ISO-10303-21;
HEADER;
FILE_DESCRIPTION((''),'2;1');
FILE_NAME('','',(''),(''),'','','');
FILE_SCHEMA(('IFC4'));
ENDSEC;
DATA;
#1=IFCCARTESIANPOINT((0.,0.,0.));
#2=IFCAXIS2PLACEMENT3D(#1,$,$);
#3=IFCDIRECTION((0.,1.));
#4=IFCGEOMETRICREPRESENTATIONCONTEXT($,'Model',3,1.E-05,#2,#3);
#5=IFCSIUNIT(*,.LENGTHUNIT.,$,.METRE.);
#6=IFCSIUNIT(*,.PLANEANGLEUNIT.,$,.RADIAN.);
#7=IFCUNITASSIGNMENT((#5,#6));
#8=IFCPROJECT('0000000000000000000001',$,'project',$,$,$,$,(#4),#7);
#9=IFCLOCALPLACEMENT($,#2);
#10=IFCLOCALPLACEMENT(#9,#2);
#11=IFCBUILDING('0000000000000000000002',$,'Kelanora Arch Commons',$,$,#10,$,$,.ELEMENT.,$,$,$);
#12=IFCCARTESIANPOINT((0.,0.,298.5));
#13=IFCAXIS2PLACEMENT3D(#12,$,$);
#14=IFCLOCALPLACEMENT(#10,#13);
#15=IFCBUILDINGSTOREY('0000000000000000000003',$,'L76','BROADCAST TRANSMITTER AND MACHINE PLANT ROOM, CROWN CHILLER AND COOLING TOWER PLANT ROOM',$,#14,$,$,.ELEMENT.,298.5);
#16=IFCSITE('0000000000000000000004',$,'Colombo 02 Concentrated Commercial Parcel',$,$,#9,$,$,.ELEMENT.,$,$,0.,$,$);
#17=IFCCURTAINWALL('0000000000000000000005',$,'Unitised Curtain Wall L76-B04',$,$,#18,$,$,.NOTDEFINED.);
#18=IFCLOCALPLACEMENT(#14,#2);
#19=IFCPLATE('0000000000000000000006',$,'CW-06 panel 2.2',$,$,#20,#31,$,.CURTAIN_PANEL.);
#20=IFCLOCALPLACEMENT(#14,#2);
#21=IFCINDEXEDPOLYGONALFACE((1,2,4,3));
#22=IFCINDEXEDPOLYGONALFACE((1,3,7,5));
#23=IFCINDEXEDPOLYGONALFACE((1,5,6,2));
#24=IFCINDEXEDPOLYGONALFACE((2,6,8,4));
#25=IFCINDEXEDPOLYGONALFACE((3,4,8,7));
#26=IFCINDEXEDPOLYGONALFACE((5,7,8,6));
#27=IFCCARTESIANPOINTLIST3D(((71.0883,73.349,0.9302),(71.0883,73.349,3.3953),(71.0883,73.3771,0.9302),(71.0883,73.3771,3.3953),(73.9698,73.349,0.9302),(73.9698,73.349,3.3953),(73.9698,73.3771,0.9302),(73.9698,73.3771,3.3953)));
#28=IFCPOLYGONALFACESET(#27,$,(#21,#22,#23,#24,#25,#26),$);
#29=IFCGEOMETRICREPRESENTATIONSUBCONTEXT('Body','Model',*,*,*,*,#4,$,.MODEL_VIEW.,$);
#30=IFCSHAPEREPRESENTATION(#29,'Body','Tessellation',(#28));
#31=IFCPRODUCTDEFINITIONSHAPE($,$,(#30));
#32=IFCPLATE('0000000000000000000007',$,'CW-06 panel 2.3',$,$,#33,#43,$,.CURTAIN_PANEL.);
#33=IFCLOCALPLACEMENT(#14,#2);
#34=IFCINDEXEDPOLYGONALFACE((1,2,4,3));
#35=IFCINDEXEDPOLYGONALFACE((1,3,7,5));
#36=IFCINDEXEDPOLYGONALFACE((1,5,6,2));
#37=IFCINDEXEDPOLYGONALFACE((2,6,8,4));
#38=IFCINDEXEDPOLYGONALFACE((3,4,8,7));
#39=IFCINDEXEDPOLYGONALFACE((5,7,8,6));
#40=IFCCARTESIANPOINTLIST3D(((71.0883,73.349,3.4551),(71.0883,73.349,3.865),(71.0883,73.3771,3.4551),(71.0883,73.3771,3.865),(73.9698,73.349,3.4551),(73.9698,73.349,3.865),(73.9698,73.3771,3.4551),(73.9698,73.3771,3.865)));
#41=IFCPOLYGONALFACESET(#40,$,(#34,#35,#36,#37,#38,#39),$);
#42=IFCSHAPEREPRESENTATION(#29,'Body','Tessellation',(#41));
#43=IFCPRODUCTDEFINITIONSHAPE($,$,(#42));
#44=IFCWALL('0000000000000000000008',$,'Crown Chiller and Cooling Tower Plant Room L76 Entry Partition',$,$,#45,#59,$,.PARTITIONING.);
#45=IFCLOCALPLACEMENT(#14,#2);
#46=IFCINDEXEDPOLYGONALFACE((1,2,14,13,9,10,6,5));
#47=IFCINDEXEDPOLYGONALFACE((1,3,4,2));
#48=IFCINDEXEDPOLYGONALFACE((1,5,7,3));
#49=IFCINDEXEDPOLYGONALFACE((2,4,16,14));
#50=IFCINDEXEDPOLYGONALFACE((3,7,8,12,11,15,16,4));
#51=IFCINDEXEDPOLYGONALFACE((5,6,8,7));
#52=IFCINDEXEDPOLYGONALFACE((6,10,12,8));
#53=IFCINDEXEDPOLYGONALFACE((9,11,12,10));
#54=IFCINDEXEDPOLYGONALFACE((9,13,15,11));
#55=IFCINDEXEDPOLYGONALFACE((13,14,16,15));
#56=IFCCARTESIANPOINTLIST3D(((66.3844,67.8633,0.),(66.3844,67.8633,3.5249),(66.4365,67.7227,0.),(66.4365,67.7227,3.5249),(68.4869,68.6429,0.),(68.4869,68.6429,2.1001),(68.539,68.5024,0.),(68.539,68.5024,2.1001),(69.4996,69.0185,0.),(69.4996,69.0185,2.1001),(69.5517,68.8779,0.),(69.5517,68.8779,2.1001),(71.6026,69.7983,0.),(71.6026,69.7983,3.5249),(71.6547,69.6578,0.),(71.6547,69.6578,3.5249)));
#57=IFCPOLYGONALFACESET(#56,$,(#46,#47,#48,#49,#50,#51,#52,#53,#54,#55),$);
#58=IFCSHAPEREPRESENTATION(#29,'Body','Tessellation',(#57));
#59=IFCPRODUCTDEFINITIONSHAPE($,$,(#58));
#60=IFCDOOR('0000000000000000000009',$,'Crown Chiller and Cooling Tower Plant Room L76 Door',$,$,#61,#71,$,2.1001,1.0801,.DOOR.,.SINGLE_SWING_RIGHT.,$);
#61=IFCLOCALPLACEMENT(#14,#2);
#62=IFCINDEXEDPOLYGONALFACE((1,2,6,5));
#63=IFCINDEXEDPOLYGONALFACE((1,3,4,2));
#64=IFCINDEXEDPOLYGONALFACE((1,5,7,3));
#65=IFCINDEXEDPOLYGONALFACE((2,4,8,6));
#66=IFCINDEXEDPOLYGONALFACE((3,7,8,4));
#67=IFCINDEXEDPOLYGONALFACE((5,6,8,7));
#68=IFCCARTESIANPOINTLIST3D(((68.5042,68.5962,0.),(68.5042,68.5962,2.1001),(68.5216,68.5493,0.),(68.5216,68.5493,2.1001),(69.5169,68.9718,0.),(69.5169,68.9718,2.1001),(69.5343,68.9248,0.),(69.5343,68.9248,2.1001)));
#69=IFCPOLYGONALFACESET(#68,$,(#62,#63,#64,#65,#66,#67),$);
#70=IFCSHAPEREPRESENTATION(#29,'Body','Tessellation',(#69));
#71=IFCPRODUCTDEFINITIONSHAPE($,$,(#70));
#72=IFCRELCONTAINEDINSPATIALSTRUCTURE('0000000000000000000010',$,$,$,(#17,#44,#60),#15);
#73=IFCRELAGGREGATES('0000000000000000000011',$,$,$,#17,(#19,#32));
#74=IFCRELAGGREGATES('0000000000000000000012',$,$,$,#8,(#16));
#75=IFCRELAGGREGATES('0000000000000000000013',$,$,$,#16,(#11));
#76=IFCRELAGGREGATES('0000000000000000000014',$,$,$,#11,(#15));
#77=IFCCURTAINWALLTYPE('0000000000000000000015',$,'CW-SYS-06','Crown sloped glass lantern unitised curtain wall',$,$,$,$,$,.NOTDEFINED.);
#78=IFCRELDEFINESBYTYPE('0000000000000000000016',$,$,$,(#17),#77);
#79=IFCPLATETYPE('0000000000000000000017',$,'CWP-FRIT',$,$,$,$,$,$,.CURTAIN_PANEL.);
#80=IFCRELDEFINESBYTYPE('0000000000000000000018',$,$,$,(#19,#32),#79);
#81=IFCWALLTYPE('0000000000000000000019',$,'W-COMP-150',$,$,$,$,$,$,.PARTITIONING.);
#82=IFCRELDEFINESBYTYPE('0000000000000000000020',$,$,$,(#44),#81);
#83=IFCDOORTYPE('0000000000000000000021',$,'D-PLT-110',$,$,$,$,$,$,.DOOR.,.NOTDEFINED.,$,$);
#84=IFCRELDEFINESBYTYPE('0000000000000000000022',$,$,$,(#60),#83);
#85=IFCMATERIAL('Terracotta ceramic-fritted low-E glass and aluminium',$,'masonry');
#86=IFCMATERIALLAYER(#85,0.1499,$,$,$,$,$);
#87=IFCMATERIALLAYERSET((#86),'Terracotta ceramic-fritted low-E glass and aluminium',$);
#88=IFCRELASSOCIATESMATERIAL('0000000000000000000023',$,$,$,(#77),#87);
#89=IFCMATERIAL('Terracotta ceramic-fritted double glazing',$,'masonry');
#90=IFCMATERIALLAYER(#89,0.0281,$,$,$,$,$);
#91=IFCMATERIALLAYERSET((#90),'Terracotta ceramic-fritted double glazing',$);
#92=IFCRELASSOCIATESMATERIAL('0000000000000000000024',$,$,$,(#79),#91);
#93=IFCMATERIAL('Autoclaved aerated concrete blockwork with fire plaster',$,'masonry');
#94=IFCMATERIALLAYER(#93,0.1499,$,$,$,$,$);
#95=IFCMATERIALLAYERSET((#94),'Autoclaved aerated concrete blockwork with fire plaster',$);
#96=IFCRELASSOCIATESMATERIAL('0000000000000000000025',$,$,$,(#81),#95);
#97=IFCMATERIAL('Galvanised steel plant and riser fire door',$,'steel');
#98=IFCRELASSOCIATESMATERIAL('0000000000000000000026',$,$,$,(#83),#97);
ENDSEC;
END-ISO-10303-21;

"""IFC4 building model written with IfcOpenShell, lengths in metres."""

from ifc_helpers import new_model, si_unit, direction, frame, frame_2d, origin, origin_2d, place, context, subcontext, project, spatial, rectangle, extrude, source, transform, mapped, material, layer, layer_set, type_object, element, fill, aggregate, save


model = new_model("IFC4")

# Units and contexts
model_context = context("Model", 3, precision=1e-05, world=origin(), true_north=direction((0.0, 1.0)))
body_context = subcontext(model_context, "Body", "Model", "MODEL_VIEW")
ifc_project = project(units=[si_unit("LENGTHUNIT", "METRE"), si_unit("PLANEANGLEUNIT", "RADIAN")], contexts=[model_context])

# Site, building, storey
site_placement = place(None, origin())
site = spatial("IfcSite", under=ifc_project, at=site_placement, Name="Colombo 02 Concentrated Commercial Parcel", CompositionType="ELEMENT", RefElevation=0.0)
building_placement = place(site_placement, origin())
building = spatial("IfcBuilding", under=site, at=building_placement, Name="Kelanora Arch Commons", CompositionType="ELEMENT")
storey_placement = place(building_placement, frame((0.0, 0.0, 298.5)))
storey = spatial("IfcBuildingStorey", under=building, at=storey_placement, Name="L76", Description="BROADCAST TRANSMITTER AND MACHINE PLANT ROOM, CROWN CHILLER AND COOLING TOWER PLANT ROOM", CompositionType="ELEMENT", Elevation=298.5)

# Curtain wall
ifc_material_1 = material(Name="Terracotta ceramic-fritted low-E glass and aluminium", Category="masonry")
ifc_layer_1 = layer(ifc_material_1, 0.1499)
ifc_layer_set_1 = layer_set([ifc_layer_1], Name="Terracotta ceramic-fritted low-E glass and aluminium")
curtain_wall_type = type_object("IfcCurtainWallType", Name="CW-SYS-06", Description="Crown sloped glass lantern unitised curtain wall", PredefinedType="NOTDEFINED", material=ifc_layer_set_1)
curtain_wall_1_placement = place(storey_placement, origin())
curtain_wall_1 = element("IfcCurtainWall", 1, at=curtain_wall_1_placement, inside=storey, type_object=curtain_wall_type, Name="Unitised Curtain Wall L76-B04", PredefinedType="NOTDEFINED")

# Plates
ifc_material_2 = material(Name="Terracotta ceramic-fritted double glazing", Category="masonry")
ifc_layer_2 = layer(ifc_material_2, 0.0281)
ifc_layer_set_2 = layer_set([ifc_layer_2], Name="Terracotta ceramic-fritted double glazing")
plate_type = type_object("IfcPlateType", Name="CWP-FRIT", PredefinedType="CURTAIN_PANEL", material=ifc_layer_set_2)
shared_shape_1 = source(origin(), body_context, "Body", "SweptSolid", [
    extrude(rectangle(XDim=2.8816, YDim=0.0281, at=origin_2d()), origin(), (0.0, 0.0, 1.0), 2.4651),
])
plate_1_placement = place(storey_placement, frame((72.5291, 73.363, 0.9302), z_axis=(0.0, 0.0, 1.0), x_axis=(-1.0, 0.0, 0.0)))
plate_1 = element("IfcPlate", 2, at=plate_1_placement, type_object=plate_type, Name="CW-06 panel 2.2", PredefinedType="CURTAIN_PANEL", context=body_context, shape_type="MappedRepresentation", body=[
    mapped(shared_shape_1, transform((0.0, 0.0, 0.0), scale=1.0)),
])
shared_shape_2 = source(origin(), body_context, "Body", "SweptSolid", [
    extrude(rectangle(XDim=2.8816, YDim=0.0281, at=origin_2d()), origin(), (0.0, 0.0, 1.0), 0.4099),
])
plate_2_placement = place(storey_placement, frame((72.5291, 73.363, 3.4551), z_axis=(0.0, 0.0, 1.0), x_axis=(-1.0, 0.0, 0.0)))
plate_2 = element("IfcPlate", 3, at=plate_2_placement, type_object=plate_type, Name="CW-06 panel 2.3", PredefinedType="CURTAIN_PANEL", context=body_context, shape_type="MappedRepresentation", body=[
    mapped(shared_shape_2, transform((0.0, 0.0, 0.0), scale=1.0)),
])
aggregate(curtain_wall_1, [plate_1, plate_2])

# Wall, opening, door
ifc_material_3 = material(Name="Autoclaved aerated concrete blockwork with fire plaster", Category="masonry")
ifc_layer_3 = layer(ifc_material_3, 0.1499)
ifc_layer_set_3 = layer_set([ifc_layer_3], Name="Autoclaved aerated concrete blockwork with fire plaster")
wall_type = type_object("IfcWallType", Name="W-COMP-150", PredefinedType="PARTITIONING", material=ifc_layer_set_3)
wall_placement = place(storey_placement, frame((71.6287, 69.728, 0.0), z_axis=(0.0, 0.0, 1.0), x_axis=(-0.93761, -0.347689, 0.0)))
wall = element("IfcWall", 4, at=wall_placement, inside=storey, type_object=wall_type, Name="Crown Chiller and Cooling Tower Plant Room L76 Entry Partition", PredefinedType="PARTITIONING", context=body_context, shape_type="SweptSolid", body=[
    extrude(rectangle(XDim=5.5654, YDim=0.1499, at=frame_2d((2.7827, 0.0))), origin(), (0.0, 0.0, 1.0), 3.5249),
])
opening_placement = place(wall_placement, frame((2.2429, 0.0, 0.0)))
opening = element("IfcOpeningElement", 5, at=opening_placement, cuts=wall, PredefinedType="OPENING", context=body_context, shape_type="SweptSolid", body=[
    extrude(rectangle(XDim=1.0801, YDim=2.1001, at=frame_2d((0.54, 1.05))), frame((0.0, 0.085, 0.0), z_axis=(0.0, -1.0, 0.0), x_axis=(1.0, 0.0, 0.0)), (0.0, 0.0, 1.0), 0.1699),
])
ifc_material_4 = material(Name="Galvanised steel plant and riser fire door", Category="steel")
door_type = type_object("IfcDoorType", Name="D-PLT-110", OperationType="NOTDEFINED", PredefinedType="DOOR", material=ifc_material_4)
door_placement = place(opening_placement, origin())
door = element("IfcDoor", 6, at=door_placement, inside=storey, type_object=door_type, Name="Crown Chiller and Cooling Tower Plant Room L76 Door", OperationType="SINGLE_SWING_RIGHT", OverallHeight=2.1001, OverallWidth=1.0801, PredefinedType="DOOR", context=body_context, shape_type="SweptSolid", body=[
    extrude(rectangle(XDim=1.0801, YDim=2.1001, at=frame_2d((0.54, 1.05))), frame((0.0, 0.0249, 0.0), z_axis=(0.0, -1.0, 0.0), x_axis=(1.0, 0.0, 0.0)), (0.0, 0.0, 1.0), 0.05),
])
fill(opening, door)

save(model, "model.ifc")
